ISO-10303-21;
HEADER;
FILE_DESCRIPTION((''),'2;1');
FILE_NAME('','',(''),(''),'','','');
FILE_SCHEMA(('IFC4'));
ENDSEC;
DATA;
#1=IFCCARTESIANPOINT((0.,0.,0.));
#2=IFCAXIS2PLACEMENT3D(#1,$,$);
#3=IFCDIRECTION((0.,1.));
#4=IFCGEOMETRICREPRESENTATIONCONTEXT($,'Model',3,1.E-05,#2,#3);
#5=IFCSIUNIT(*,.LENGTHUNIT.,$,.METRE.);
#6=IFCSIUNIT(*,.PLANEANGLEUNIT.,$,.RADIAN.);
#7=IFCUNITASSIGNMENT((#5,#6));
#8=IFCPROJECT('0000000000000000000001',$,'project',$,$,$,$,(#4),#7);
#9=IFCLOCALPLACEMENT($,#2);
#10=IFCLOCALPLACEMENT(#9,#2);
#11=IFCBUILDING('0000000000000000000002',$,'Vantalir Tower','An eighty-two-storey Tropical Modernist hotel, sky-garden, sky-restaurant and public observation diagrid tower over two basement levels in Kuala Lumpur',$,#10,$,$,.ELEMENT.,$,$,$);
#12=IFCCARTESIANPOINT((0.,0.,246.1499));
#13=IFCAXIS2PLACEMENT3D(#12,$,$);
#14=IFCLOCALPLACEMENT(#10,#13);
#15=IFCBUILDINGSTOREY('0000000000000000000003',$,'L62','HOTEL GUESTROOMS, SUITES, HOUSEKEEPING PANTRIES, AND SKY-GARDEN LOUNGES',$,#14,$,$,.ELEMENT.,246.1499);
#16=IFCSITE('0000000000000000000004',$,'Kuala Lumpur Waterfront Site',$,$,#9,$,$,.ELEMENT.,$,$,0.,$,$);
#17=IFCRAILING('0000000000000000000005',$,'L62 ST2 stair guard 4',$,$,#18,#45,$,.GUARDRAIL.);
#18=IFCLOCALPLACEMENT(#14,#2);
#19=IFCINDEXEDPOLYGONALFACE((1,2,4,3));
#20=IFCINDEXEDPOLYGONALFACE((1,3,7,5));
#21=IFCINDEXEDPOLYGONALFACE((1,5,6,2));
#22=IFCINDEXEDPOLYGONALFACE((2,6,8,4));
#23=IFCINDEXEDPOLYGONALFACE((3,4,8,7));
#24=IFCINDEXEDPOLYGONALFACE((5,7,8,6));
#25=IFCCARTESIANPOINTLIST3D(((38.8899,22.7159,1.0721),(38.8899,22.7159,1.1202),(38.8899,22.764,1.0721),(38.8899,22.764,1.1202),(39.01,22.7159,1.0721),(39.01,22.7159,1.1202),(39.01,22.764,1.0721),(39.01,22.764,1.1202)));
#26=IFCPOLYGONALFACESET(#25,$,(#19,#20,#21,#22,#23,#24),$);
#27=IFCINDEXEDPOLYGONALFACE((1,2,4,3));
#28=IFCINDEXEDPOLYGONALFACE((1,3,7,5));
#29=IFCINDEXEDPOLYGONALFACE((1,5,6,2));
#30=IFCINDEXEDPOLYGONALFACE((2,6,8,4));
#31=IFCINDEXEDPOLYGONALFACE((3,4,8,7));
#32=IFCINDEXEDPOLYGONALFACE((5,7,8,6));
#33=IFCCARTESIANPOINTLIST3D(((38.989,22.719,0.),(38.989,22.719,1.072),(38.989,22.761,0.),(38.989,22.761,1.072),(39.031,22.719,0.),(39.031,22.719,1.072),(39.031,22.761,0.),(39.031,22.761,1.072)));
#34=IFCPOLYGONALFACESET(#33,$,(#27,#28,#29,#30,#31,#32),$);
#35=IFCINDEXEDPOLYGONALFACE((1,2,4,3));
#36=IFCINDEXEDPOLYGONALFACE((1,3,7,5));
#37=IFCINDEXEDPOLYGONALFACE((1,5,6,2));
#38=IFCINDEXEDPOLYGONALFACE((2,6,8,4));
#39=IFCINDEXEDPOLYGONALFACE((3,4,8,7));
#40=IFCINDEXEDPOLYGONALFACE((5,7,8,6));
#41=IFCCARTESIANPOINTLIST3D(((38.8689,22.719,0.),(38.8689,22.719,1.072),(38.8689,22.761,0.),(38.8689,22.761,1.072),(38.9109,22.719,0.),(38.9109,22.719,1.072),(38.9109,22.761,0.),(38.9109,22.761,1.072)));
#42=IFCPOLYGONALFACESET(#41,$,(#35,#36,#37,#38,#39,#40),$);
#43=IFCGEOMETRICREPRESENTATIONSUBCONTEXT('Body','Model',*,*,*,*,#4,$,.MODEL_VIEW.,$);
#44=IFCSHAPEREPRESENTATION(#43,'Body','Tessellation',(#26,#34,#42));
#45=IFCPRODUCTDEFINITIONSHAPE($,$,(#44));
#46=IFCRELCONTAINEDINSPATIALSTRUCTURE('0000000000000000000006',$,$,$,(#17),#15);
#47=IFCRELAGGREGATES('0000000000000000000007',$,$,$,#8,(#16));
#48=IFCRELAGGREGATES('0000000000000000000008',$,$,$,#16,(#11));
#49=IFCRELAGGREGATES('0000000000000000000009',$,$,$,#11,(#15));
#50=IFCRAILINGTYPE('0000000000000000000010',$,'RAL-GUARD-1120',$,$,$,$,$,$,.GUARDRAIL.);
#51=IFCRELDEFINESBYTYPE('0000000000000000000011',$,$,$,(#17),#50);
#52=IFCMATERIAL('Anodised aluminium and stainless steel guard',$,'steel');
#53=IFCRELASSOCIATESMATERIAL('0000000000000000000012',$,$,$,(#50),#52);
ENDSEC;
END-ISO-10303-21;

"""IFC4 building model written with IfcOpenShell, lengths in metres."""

from ifc_helpers import new_model, si_unit, direction, frame, origin, origin_2d, place, context, subcontext, project, spatial, rectangle, extrude, material, type_object, element, save


model = new_model("IFC4")

# Units and contexts
model_context = context("Model", 3, precision=1e-05, world=origin(), true_north=direction((0.0, 1.0)))
body_context = subcontext(model_context, "Body", "Model", "MODEL_VIEW")
ifc_project = project(units=[si_unit("LENGTHUNIT", "METRE"), si_unit("PLANEANGLEUNIT", "RADIAN")], contexts=[model_context])

# Site, building, storey
site_placement = place(None, origin())
site = spatial("IfcSite", under=ifc_project, at=site_placement, Name="Kuala Lumpur Waterfront Site", CompositionType="ELEMENT", RefElevation=0.0)
building_placement = place(site_placement, origin())
building = spatial("IfcBuilding", under=site, at=building_placement, Name="Vantalir Tower", Description="An eighty-two-storey Tropical Modernist hotel, sky-garden, sky-restaurant and public observation diagrid tower over two basement levels in Kuala Lumpur", CompositionType="ELEMENT")
storey_placement = place(building_placement, frame((0.0, 0.0, 246.1499)))
storey = spatial("IfcBuildingStorey", under=building, at=storey_placement, Name="L62", Description="HOTEL GUESTROOMS, SUITES, HOUSEKEEPING PANTRIES, AND SKY-GARDEN LOUNGES", CompositionType="ELEMENT", Elevation=246.1499)

# Railing
ifc_material_1 = material(Name="Anodised aluminium and stainless steel guard", Category="steel")
railing_type = type_object("IfcRailingType", Name="RAL-GUARD-1120", PredefinedType="GUARDRAIL", material=ifc_material_1)
railing_1_placement = place(storey_placement, frame((39.01, 22.74, 0.0)))
element("IfcRailing", 1, at=railing_1_placement, inside=storey, type_object=railing_type, Name="L62 ST2 stair guard 4", PredefinedType="GUARDRAIL", context=body_context, shape_type="SweptSolid", body=[
    extrude(rectangle(XDim=0.0481, YDim=0.0481, at=origin_2d()), frame((0.0, 0.0, 1.0962), z_axis=(-1.0, 0.0, 0.0), x_axis=(0.0, -1.0, 0.0)), (0.0, 0.0, 1.0), 0.1201),
    extrude(rectangle(XDim=0.042, YDim=0.042, at=origin_2d()), origin(), (0.0, 0.0, 1.0), 1.072),
    extrude(rectangle(XDim=0.042, YDim=0.042, at=origin_2d()), frame((-0.1201, 0.0, 0.0)), (0.0, 0.0, 1.0), 1.072),
])

save(model, "model.ifc")
